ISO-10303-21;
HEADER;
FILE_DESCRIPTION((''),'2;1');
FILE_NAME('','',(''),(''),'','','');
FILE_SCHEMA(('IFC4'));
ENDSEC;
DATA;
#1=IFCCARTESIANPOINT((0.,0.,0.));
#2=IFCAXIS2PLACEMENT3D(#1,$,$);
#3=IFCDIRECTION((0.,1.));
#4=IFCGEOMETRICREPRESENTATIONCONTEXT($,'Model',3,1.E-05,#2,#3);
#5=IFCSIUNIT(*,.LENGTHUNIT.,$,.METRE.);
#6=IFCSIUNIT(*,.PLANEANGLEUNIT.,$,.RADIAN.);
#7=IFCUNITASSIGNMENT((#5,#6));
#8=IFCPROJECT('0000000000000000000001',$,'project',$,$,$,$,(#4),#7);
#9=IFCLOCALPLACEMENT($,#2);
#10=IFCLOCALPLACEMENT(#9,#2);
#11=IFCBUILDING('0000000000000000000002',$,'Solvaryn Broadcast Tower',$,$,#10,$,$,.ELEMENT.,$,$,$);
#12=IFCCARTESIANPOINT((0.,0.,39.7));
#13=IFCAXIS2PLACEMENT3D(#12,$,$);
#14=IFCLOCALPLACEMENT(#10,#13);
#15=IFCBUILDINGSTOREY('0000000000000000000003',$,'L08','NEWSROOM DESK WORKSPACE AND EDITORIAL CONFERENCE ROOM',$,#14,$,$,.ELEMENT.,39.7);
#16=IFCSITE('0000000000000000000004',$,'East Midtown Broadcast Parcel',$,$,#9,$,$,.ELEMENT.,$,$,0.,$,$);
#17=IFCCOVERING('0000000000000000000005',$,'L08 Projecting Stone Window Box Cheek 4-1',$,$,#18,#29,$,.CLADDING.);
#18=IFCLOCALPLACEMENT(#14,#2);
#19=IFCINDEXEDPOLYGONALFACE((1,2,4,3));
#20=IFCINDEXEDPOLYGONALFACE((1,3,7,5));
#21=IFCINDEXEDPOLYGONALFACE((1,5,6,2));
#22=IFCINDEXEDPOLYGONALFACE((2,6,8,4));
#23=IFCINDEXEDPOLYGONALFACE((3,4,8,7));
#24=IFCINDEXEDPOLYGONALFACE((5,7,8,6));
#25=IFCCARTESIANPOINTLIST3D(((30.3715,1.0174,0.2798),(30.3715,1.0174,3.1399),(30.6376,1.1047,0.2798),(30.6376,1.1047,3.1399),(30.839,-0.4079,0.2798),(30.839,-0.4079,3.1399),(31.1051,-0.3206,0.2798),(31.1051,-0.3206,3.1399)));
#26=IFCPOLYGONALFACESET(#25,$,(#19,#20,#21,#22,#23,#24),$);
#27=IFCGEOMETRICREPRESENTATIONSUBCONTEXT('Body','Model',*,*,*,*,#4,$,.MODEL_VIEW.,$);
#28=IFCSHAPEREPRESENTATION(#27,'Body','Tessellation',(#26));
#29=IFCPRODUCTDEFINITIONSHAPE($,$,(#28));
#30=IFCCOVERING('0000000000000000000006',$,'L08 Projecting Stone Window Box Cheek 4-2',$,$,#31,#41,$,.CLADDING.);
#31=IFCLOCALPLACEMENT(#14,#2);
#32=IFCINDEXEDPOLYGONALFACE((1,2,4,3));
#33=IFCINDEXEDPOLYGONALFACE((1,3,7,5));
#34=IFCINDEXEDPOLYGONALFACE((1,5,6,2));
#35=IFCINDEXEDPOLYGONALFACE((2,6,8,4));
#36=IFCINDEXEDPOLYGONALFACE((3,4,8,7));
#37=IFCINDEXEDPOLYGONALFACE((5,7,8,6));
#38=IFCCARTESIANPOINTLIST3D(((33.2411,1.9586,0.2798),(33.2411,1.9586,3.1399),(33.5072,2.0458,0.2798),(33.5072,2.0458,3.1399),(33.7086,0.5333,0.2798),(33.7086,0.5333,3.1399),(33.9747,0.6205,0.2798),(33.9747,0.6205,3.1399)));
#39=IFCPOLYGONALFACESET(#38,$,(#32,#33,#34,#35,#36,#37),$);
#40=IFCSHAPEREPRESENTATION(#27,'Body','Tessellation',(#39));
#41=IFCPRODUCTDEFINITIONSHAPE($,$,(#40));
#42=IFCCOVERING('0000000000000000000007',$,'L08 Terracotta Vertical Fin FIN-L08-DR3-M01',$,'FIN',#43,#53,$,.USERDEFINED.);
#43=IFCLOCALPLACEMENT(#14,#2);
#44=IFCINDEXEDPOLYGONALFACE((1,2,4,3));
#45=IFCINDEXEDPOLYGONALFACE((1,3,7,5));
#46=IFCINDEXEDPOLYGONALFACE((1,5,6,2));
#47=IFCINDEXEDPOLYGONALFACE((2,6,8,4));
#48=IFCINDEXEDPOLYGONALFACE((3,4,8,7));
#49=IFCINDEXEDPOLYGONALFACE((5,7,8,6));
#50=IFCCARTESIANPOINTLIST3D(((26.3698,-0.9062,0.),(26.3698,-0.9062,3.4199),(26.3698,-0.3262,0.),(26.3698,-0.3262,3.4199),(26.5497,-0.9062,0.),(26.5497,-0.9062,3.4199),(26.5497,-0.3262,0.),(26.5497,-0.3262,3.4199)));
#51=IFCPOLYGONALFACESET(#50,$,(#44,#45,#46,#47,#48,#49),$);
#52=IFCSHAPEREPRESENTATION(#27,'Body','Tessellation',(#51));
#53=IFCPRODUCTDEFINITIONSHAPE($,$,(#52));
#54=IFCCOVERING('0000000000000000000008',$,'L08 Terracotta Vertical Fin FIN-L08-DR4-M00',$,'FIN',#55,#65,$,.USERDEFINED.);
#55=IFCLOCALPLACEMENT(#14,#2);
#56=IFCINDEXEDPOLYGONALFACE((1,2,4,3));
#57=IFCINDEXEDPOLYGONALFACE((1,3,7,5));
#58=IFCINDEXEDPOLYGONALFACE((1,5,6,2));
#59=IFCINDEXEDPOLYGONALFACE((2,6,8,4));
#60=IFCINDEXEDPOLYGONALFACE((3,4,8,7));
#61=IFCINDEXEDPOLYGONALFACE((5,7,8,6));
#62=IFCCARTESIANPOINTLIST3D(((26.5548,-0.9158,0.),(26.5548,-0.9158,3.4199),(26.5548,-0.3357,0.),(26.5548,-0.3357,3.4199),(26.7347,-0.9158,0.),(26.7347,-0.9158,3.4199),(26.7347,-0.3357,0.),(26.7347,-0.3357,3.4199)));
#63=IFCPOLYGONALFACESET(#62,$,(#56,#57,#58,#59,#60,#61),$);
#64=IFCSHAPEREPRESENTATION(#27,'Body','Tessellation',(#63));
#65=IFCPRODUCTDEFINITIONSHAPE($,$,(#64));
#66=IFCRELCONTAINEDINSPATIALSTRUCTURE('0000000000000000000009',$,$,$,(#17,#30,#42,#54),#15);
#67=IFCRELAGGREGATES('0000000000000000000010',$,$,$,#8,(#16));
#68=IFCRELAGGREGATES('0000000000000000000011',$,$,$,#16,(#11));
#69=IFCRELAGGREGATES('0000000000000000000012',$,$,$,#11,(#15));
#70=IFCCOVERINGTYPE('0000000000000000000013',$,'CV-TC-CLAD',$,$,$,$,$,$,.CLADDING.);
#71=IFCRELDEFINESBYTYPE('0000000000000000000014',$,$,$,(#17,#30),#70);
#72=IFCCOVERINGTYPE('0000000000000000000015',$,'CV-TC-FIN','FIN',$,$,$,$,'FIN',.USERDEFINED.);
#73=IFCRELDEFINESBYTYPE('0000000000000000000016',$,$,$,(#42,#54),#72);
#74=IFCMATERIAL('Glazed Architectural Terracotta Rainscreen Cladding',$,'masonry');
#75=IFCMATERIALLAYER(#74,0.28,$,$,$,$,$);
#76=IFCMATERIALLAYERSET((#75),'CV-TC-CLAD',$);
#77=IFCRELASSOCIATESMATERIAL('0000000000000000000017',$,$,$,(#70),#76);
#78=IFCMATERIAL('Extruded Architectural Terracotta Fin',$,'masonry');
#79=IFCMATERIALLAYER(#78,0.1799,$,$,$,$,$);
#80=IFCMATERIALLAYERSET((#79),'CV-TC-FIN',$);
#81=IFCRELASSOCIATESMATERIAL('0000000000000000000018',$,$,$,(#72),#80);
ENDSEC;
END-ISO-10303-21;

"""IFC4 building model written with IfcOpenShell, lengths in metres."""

from ifc_helpers import new_model, si_unit, direction, frame, origin, origin_2d, place, context, subcontext, project, spatial, rectangle, extrude, material, layer, layer_set, type_object, element, save


model = new_model("IFC4")

# Units and contexts
model_context = context("Model", 3, precision=1e-05, world=origin(), true_north=direction((0.0, 1.0)))
body_context = subcontext(model_context, "Body", "Model", "MODEL_VIEW")
ifc_project = project(units=[si_unit("LENGTHUNIT", "METRE"), si_unit("PLANEANGLEUNIT", "RADIAN")], contexts=[model_context])

# Site, building, storey
site_placement = place(None, origin())
site = spatial("IfcSite", under=ifc_project, at=site_placement, Name="East Midtown Broadcast Parcel", CompositionType="ELEMENT", RefElevation=0.0)
building_placement = place(site_placement, origin())
building = spatial("IfcBuilding", under=site, at=building_placement, Name="Solvaryn Broadcast Tower", CompositionType="ELEMENT")
storey_placement = place(building_placement, frame((0.0, 0.0, 39.7)))
storey = spatial("IfcBuildingStorey", under=building, at=storey_placement, Name="L08", Description="NEWSROOM DESK WORKSPACE AND EDITORIAL CONFERENCE ROOM", CompositionType="ELEMENT", Elevation=39.7)

# Coverings
ifc_material_1 = material(Name="Glazed Architectural Terracotta Rainscreen Cladding", Category="masonry")
ifc_layer_1 = layer(ifc_material_1, 0.28)
ifc_layer_set_1 = layer_set([ifc_layer_1], Name="CV-TC-CLAD")
covering_type_1 = type_object("IfcCoveringType", Name="CV-TC-CLAD", PredefinedType="CLADDING", material=ifc_layer_set_1)
for number, where, z_axis, x_axis, name in (
    (1, (30.7383, 0.3484, 0.2798), (0.0, 0.0, 1.0), (0.95019, 0.311672, 0.0), "L08 Projecting Stone Window Box Cheek 4-1"),
    (2, (33.6079, 1.2896, 0.2798), (0.0, 0.0, 1.0), (0.95019, 0.311672, 0.0), "L08 Projecting Stone Window Box Cheek 4-2"),
):
    element("IfcCovering", number, at=place(storey_placement, frame(where, z_axis=z_axis, x_axis=x_axis)), inside=storey, type_object=covering_type_1, Name=name, PredefinedType="CLADDING", context=body_context, shape_type="SweptSolid", body=[
        extrude(rectangle(XDim=0.28, YDim=1.5, at=origin_2d()), origin(), (0.0, 0.0, 1.0), 2.8601),
    ])
ifc_material_2 = material(Name="Extruded Architectural Terracotta Fin", Category="masonry")
ifc_layer_2 = layer(ifc_material_2, 0.1799)
ifc_layer_set_2 = layer_set([ifc_layer_2], Name="CV-TC-FIN")
covering_type_2 = type_object("IfcCoveringType", Name="CV-TC-FIN", Description="FIN", ElementType="FIN", PredefinedType="USERDEFINED", material=ifc_layer_set_2)
for number, where, z_axis, x_axis, name in (
    (3, (26.4597, -0.6162, 0.0), (0.0, 0.0, 1.0), (1.0, 0.0, 0.0), "L08 Terracotta Vertical Fin FIN-L08-DR3-M01"),
    (4, (26.6448, -0.6257, 0.0), (0.0, 0.0, 1.0), (1.0, 0.0, 0.0), "L08 Terracotta Vertical Fin FIN-L08-DR4-M00"),
):
    element("IfcCovering", number, at=place(storey_placement, frame(where, z_axis=z_axis, x_axis=x_axis)), inside=storey, type_object=covering_type_2, Name=name, ObjectType="FIN", PredefinedType="USERDEFINED", context=body_context, shape_type="SweptSolid", body=[
        extrude(rectangle(XDim=0.1799, YDim=0.5801, at=origin_2d()), origin(), (0.0, 0.0, 1.0), 3.4199),
    ])

save(model, "model.ifc")
